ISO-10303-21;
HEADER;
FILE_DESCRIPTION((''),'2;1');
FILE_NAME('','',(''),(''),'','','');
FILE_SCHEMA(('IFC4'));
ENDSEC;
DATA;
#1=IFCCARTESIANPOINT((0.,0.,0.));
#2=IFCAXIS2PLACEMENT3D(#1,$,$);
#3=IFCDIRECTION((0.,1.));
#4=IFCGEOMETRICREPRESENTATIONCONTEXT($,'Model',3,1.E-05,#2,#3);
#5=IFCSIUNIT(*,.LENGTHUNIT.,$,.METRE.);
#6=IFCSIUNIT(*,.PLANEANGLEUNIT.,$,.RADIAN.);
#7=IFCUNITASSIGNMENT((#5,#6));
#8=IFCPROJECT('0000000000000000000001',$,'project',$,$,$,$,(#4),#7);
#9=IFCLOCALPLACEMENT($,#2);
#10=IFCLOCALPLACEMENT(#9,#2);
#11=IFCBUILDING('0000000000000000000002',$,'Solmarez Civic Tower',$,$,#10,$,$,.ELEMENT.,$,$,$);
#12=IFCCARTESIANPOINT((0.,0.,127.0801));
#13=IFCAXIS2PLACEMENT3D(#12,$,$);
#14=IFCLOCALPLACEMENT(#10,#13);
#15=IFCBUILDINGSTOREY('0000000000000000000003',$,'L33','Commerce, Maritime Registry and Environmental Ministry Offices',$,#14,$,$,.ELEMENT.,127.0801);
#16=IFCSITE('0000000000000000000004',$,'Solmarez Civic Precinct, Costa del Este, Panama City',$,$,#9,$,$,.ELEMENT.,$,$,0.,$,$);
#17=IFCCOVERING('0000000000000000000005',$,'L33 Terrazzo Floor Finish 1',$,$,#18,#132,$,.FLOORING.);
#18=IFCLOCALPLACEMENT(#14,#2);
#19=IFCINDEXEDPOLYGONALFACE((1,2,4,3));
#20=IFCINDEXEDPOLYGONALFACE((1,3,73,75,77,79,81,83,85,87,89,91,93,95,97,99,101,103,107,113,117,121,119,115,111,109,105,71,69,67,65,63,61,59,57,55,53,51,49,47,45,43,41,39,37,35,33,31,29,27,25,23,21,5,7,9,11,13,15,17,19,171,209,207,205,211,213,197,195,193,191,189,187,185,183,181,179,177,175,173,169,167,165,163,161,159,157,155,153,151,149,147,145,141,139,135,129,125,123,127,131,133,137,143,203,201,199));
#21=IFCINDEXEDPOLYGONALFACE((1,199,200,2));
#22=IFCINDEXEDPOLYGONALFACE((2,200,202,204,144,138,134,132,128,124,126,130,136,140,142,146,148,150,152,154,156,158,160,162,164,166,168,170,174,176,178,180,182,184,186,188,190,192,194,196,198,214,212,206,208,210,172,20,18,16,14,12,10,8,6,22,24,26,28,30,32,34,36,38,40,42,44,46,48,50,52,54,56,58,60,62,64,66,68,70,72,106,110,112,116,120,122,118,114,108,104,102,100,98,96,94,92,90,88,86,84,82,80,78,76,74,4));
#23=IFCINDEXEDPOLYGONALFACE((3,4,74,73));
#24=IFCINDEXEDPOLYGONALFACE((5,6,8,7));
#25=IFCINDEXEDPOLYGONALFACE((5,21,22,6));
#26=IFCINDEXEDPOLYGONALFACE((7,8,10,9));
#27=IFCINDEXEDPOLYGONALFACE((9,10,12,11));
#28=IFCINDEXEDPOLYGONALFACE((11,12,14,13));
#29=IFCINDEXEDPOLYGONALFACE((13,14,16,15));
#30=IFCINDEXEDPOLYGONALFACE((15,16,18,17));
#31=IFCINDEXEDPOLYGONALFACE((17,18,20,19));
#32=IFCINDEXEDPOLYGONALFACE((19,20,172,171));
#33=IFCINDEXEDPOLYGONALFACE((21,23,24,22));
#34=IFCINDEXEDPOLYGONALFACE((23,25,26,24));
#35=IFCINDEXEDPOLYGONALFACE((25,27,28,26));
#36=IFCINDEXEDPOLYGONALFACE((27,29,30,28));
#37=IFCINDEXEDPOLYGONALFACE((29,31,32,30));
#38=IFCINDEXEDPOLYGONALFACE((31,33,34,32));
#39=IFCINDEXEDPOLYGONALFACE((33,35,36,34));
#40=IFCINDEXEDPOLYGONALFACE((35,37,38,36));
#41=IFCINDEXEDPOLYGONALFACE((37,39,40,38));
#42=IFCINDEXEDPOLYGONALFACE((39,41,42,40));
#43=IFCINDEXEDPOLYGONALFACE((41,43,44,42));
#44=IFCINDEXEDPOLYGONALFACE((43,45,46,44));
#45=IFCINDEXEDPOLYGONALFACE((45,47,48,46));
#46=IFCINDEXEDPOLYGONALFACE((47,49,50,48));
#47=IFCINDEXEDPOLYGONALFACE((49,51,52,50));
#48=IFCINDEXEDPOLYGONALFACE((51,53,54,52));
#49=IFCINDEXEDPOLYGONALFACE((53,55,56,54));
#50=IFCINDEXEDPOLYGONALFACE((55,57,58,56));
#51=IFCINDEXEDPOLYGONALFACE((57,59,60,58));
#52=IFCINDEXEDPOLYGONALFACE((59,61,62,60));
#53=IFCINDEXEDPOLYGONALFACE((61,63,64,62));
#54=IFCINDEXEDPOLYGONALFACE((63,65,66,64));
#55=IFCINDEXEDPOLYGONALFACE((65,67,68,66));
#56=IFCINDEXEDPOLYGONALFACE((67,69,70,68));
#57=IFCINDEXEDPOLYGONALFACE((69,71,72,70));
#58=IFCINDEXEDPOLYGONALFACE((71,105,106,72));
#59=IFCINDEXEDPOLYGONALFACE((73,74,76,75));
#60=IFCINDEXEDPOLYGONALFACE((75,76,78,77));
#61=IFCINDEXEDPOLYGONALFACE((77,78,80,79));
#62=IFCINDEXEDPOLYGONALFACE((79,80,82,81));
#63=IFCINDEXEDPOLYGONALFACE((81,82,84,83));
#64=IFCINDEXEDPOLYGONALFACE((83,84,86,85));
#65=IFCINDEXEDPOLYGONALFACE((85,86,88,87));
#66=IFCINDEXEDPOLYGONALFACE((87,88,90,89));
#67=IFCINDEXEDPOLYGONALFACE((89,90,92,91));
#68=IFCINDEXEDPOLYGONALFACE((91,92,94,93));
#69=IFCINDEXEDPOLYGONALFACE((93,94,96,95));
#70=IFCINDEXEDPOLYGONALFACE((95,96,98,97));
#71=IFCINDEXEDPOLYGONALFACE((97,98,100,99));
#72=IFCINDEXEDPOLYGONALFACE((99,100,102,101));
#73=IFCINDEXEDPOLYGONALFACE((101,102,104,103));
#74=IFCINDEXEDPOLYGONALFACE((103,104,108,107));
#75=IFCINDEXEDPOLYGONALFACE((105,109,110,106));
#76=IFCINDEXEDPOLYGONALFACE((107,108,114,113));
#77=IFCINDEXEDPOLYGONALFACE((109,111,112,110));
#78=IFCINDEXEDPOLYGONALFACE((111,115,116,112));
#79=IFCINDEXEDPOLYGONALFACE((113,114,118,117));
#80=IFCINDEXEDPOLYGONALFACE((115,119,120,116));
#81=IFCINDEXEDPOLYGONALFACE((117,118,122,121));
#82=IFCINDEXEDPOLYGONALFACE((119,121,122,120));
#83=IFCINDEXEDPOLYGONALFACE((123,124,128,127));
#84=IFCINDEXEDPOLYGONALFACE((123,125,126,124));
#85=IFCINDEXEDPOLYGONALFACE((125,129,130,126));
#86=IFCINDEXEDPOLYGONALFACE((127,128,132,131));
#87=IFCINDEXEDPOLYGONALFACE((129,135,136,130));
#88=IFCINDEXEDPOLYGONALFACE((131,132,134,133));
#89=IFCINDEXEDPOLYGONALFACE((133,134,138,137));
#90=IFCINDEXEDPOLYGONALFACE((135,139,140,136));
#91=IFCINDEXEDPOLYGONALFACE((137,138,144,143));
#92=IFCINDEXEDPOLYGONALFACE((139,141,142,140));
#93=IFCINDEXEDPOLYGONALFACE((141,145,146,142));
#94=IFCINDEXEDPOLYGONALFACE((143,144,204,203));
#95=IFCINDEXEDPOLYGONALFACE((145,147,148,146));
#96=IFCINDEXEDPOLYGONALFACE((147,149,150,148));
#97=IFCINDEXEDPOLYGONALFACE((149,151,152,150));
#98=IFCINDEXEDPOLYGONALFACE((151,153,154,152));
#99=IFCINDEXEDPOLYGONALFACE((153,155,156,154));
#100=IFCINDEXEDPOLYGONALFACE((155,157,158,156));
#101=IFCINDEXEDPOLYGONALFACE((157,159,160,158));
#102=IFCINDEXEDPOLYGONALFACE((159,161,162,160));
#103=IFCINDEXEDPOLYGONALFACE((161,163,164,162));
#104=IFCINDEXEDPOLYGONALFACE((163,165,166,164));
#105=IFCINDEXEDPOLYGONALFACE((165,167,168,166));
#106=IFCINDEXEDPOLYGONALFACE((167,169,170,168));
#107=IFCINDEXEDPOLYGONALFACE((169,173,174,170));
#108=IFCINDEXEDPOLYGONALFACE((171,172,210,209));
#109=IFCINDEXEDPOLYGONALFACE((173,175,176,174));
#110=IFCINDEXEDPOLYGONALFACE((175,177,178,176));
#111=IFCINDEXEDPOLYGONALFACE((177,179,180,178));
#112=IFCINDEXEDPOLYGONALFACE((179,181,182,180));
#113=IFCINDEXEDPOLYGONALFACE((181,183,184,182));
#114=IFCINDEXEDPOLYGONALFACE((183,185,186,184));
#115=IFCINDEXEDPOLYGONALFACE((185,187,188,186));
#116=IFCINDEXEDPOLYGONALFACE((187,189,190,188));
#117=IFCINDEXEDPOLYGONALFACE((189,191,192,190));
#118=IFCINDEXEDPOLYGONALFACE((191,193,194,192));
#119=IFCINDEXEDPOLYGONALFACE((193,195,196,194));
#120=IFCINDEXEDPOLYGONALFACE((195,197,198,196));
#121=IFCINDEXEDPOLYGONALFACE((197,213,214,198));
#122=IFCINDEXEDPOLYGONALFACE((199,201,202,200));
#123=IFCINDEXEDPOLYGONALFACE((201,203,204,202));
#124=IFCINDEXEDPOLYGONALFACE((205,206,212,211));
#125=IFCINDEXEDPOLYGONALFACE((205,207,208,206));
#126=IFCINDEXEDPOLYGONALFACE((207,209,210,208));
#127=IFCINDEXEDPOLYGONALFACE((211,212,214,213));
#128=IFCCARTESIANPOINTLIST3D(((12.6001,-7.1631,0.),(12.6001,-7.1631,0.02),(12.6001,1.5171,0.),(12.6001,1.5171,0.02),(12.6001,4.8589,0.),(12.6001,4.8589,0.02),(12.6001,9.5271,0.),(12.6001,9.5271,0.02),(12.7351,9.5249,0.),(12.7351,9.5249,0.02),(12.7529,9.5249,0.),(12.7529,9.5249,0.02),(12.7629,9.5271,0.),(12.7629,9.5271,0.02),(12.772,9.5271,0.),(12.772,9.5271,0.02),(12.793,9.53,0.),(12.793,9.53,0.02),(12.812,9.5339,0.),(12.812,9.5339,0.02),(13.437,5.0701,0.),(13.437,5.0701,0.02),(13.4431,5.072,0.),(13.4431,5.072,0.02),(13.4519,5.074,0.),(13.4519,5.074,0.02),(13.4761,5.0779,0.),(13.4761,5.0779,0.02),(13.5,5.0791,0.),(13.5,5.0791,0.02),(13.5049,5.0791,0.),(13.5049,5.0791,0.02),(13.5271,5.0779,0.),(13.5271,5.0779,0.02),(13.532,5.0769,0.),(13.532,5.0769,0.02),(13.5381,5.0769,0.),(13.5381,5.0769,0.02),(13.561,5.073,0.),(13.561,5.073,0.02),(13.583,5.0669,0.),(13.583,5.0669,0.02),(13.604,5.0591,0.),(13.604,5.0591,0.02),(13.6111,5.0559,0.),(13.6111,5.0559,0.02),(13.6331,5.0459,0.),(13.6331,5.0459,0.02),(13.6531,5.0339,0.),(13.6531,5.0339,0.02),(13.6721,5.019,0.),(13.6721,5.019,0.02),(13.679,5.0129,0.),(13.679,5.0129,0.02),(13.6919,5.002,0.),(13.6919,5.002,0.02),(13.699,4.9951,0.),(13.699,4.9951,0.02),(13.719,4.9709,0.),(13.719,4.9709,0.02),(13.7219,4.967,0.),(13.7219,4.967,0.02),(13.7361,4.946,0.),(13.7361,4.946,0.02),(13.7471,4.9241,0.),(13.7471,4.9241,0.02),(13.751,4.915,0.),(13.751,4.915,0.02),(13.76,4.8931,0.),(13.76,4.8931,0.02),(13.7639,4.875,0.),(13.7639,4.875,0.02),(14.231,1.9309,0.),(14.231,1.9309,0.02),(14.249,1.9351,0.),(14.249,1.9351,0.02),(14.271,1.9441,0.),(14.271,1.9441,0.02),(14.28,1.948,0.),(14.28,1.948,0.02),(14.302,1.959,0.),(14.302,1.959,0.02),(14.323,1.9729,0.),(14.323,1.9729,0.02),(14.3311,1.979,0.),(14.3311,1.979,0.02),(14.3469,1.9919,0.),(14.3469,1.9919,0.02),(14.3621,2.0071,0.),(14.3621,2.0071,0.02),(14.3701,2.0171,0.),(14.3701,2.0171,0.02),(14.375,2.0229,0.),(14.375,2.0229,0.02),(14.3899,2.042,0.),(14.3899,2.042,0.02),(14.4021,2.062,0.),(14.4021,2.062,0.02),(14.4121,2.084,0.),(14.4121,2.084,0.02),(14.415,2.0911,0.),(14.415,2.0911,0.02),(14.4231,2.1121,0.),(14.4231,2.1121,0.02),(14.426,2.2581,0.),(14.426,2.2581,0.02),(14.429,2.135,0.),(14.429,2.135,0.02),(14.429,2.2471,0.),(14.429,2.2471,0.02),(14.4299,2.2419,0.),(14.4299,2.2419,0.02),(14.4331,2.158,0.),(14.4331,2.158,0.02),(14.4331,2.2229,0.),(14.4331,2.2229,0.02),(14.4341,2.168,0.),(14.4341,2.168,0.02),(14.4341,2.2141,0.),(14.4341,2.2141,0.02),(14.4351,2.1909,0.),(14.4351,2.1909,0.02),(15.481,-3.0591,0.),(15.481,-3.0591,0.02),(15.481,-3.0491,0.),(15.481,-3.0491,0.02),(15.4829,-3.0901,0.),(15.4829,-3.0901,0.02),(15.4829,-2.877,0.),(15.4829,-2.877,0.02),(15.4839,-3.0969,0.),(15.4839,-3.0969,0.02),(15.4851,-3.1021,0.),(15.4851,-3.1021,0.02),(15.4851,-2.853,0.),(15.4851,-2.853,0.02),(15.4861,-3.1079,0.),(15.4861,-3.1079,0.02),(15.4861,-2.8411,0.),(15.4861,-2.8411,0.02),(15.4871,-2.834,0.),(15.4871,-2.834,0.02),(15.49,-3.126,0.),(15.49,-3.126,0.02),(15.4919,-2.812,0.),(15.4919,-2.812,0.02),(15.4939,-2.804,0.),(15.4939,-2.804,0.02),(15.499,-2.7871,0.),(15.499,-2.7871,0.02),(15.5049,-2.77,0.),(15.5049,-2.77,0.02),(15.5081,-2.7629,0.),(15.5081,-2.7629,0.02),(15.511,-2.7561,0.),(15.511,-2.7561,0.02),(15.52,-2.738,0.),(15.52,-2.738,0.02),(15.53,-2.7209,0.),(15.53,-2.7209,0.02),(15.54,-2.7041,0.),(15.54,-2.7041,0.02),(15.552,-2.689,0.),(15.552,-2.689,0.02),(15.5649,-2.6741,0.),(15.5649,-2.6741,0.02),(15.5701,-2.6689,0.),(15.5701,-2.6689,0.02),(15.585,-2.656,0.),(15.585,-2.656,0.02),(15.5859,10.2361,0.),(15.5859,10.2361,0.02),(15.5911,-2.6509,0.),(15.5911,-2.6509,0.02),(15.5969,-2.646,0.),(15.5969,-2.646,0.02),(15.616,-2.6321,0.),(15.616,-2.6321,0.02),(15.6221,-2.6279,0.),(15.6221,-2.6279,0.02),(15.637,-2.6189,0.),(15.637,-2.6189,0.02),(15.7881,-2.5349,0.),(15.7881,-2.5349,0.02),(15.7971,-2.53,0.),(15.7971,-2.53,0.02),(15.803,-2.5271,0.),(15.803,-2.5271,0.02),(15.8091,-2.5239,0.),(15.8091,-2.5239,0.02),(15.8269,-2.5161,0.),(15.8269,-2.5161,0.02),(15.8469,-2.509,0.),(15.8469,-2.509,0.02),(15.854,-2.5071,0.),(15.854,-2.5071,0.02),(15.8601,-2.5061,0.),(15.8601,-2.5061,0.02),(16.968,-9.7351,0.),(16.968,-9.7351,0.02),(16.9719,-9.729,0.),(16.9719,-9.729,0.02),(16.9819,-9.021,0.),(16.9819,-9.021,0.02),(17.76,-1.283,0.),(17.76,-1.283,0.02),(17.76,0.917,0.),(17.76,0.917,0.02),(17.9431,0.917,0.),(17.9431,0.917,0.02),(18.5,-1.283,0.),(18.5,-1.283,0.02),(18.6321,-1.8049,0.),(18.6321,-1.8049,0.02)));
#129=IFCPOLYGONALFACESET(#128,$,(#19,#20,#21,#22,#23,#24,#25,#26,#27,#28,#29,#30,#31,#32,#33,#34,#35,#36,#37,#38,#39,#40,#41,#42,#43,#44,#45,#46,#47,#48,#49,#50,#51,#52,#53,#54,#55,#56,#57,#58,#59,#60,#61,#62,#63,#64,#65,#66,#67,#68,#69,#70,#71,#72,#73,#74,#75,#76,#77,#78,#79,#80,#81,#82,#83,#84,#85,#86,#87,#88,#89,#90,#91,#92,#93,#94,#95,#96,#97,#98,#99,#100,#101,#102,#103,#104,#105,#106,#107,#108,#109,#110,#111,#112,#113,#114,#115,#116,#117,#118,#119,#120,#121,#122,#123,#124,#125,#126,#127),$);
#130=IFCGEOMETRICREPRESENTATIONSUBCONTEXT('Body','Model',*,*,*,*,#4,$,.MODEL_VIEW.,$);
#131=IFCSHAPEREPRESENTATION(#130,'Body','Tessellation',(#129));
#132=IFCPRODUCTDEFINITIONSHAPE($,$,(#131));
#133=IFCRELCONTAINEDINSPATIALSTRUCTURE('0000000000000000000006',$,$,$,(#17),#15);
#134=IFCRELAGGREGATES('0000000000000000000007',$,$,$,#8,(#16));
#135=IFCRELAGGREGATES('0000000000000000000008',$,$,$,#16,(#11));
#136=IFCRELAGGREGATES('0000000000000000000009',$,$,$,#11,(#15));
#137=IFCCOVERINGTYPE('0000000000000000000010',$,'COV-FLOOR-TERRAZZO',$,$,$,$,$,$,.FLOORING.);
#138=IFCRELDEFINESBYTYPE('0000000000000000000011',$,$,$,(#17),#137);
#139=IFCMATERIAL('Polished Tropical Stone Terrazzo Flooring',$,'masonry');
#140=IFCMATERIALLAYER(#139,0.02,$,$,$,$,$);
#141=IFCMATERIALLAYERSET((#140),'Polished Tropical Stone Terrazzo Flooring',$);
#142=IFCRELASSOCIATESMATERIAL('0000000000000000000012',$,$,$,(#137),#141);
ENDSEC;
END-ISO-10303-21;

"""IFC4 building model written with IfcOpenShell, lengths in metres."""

from ifc_helpers import new_model, si_unit, direction, frame, origin, place, context, subcontext, project, spatial, polyline, outline, extrude, material, layer, layer_set, type_object, element, save


model = new_model("IFC4")

# Units and contexts
model_context = context("Model", 3, precision=1e-05, world=origin(), true_north=direction((0.0, 1.0)))
body_context = subcontext(model_context, "Body", "Model", "MODEL_VIEW")
ifc_project = project(units=[si_unit("LENGTHUNIT", "METRE"), si_unit("PLANEANGLEUNIT", "RADIAN")], contexts=[model_context])

# Site, building, storey
site_placement = place(None, origin())
site = spatial("IfcSite", under=ifc_project, at=site_placement, Name="Solmarez Civic Precinct, Costa del Este, Panama City", CompositionType="ELEMENT", RefElevation=0.0)
building_placement = place(site_placement, origin())
building = spatial("IfcBuilding", under=site, at=building_placement, Name="Solmarez Civic Tower", CompositionType="ELEMENT")
storey_placement = place(building_placement, frame((0.0, 0.0, 127.0801)))
storey = spatial("IfcBuildingStorey", under=building, at=storey_placement, Name="L33", Description="Commerce, Maritime Registry and Environmental Ministry Offices", CompositionType="ELEMENT", Elevation=127.0801)

# Covering
ifc_material_1 = material(Name="Polished Tropical Stone Terrazzo Flooring", Category="masonry")
ifc_layer_1 = layer(ifc_material_1, 0.02)
ifc_layer_set_1 = layer_set([ifc_layer_1], Name="Polished Tropical Stone Terrazzo Flooring")
covering_type_1 = type_object("IfcCoveringType", Name="COV-FLOOR-TERRAZZO", PredefinedType="FLOORING", material=ifc_layer_set_1)
covering_1_placement = place(storey_placement, origin())
element("IfcCovering", 1, at=covering_1_placement, inside=storey, type_object=covering_type_1, Name="L33 Terrazzo Floor Finish 1", PredefinedType="FLOORING", context=body_context, shape_type="SweptSolid", body=[
    extrude(outline(polyline([(12.6001, 9.5271), (12.6001, 4.8589), (13.437, 5.0701), (13.4431, 5.072), (13.4519, 5.074), (13.4761, 5.0779), (13.5, 5.0791), (13.5049, 5.0791), (13.5271, 5.0779), (13.532, 5.0769), (13.5381, 5.0769), (13.561, 5.073), (13.583, 5.0669), (13.604, 5.0591), (13.6111, 5.0559), (13.6331, 5.0459), (13.6531, 5.0339), (13.6721, 5.019), (13.679, 5.0129), (13.6919, 5.002), (13.699, 4.9951), (13.719, 4.9709), (13.7219, 4.967), (13.7361, 4.946), (13.7471, 4.9241), (13.751, 4.915), (13.76, 4.8931), (13.7639, 4.875), (14.426, 2.2581), (14.429, 2.2471), (14.4299, 2.2419), (14.4331, 2.2229), (14.4341, 2.2141), (14.4351, 2.1909), (14.4341, 2.168), (14.4331, 2.158), (14.429, 2.135), (14.4231, 2.1121), (14.415, 2.0911), (14.4121, 2.084), (14.4021, 2.062), (14.3899, 2.042), (14.375, 2.0229), (14.3701, 2.0171), (14.3621, 2.0071), (14.3469, 1.9919), (14.3311, 1.979), (14.323, 1.9729), (14.302, 1.959), (14.28, 1.948), (14.271, 1.9441), (14.249, 1.9351), (14.231, 1.9309), (12.6001, 1.5171), (12.6001, -7.1631), (16.968, -9.7351), (16.9719, -9.729), (16.9819, -9.021), (15.49, -3.126), (15.4861, -3.1079), (15.4851, -3.1021), (15.4839, -3.0969), (15.4829, -3.0901), (15.481, -3.0591), (15.481, -3.0491), (15.4829, -2.877), (15.4851, -2.853), (15.4861, -2.8411), (15.4871, -2.834), (15.4919, -2.812), (15.4939, -2.804), (15.499, -2.7871), (15.5049, -2.77), (15.5081, -2.7629), (15.511, -2.7561), (15.52, -2.738), (15.53, -2.7209), (15.54, -2.7041), (15.552, -2.689), (15.5649, -2.6741), (15.5701, -2.6689), (15.585, -2.656), (15.5911, -2.6509), (15.5969, -2.646), (15.616, -2.6321), (15.6221, -2.6279), (15.637, -2.6189), (15.7881, -2.5349), (15.7971, -2.53), (15.803, -2.5271), (15.8091, -2.5239), (15.8269, -2.5161), (15.8469, -2.509), (15.854, -2.5071), (15.8601, -2.5061), (18.6321, -1.8049), (18.5, -1.283), (17.76, -1.283), (17.76, 0.917), (17.9431, 0.917), (15.5859, 10.2361), (12.812, 9.5339), (12.793, 9.53), (12.772, 9.5271), (12.7629, 9.5271), (12.7529, 9.5249), (12.7351, 9.5249), (12.6001, 9.5271)])), origin(), (0.0, 0.0, 1.0), 0.02),
])

save(model, "model.ifc")
